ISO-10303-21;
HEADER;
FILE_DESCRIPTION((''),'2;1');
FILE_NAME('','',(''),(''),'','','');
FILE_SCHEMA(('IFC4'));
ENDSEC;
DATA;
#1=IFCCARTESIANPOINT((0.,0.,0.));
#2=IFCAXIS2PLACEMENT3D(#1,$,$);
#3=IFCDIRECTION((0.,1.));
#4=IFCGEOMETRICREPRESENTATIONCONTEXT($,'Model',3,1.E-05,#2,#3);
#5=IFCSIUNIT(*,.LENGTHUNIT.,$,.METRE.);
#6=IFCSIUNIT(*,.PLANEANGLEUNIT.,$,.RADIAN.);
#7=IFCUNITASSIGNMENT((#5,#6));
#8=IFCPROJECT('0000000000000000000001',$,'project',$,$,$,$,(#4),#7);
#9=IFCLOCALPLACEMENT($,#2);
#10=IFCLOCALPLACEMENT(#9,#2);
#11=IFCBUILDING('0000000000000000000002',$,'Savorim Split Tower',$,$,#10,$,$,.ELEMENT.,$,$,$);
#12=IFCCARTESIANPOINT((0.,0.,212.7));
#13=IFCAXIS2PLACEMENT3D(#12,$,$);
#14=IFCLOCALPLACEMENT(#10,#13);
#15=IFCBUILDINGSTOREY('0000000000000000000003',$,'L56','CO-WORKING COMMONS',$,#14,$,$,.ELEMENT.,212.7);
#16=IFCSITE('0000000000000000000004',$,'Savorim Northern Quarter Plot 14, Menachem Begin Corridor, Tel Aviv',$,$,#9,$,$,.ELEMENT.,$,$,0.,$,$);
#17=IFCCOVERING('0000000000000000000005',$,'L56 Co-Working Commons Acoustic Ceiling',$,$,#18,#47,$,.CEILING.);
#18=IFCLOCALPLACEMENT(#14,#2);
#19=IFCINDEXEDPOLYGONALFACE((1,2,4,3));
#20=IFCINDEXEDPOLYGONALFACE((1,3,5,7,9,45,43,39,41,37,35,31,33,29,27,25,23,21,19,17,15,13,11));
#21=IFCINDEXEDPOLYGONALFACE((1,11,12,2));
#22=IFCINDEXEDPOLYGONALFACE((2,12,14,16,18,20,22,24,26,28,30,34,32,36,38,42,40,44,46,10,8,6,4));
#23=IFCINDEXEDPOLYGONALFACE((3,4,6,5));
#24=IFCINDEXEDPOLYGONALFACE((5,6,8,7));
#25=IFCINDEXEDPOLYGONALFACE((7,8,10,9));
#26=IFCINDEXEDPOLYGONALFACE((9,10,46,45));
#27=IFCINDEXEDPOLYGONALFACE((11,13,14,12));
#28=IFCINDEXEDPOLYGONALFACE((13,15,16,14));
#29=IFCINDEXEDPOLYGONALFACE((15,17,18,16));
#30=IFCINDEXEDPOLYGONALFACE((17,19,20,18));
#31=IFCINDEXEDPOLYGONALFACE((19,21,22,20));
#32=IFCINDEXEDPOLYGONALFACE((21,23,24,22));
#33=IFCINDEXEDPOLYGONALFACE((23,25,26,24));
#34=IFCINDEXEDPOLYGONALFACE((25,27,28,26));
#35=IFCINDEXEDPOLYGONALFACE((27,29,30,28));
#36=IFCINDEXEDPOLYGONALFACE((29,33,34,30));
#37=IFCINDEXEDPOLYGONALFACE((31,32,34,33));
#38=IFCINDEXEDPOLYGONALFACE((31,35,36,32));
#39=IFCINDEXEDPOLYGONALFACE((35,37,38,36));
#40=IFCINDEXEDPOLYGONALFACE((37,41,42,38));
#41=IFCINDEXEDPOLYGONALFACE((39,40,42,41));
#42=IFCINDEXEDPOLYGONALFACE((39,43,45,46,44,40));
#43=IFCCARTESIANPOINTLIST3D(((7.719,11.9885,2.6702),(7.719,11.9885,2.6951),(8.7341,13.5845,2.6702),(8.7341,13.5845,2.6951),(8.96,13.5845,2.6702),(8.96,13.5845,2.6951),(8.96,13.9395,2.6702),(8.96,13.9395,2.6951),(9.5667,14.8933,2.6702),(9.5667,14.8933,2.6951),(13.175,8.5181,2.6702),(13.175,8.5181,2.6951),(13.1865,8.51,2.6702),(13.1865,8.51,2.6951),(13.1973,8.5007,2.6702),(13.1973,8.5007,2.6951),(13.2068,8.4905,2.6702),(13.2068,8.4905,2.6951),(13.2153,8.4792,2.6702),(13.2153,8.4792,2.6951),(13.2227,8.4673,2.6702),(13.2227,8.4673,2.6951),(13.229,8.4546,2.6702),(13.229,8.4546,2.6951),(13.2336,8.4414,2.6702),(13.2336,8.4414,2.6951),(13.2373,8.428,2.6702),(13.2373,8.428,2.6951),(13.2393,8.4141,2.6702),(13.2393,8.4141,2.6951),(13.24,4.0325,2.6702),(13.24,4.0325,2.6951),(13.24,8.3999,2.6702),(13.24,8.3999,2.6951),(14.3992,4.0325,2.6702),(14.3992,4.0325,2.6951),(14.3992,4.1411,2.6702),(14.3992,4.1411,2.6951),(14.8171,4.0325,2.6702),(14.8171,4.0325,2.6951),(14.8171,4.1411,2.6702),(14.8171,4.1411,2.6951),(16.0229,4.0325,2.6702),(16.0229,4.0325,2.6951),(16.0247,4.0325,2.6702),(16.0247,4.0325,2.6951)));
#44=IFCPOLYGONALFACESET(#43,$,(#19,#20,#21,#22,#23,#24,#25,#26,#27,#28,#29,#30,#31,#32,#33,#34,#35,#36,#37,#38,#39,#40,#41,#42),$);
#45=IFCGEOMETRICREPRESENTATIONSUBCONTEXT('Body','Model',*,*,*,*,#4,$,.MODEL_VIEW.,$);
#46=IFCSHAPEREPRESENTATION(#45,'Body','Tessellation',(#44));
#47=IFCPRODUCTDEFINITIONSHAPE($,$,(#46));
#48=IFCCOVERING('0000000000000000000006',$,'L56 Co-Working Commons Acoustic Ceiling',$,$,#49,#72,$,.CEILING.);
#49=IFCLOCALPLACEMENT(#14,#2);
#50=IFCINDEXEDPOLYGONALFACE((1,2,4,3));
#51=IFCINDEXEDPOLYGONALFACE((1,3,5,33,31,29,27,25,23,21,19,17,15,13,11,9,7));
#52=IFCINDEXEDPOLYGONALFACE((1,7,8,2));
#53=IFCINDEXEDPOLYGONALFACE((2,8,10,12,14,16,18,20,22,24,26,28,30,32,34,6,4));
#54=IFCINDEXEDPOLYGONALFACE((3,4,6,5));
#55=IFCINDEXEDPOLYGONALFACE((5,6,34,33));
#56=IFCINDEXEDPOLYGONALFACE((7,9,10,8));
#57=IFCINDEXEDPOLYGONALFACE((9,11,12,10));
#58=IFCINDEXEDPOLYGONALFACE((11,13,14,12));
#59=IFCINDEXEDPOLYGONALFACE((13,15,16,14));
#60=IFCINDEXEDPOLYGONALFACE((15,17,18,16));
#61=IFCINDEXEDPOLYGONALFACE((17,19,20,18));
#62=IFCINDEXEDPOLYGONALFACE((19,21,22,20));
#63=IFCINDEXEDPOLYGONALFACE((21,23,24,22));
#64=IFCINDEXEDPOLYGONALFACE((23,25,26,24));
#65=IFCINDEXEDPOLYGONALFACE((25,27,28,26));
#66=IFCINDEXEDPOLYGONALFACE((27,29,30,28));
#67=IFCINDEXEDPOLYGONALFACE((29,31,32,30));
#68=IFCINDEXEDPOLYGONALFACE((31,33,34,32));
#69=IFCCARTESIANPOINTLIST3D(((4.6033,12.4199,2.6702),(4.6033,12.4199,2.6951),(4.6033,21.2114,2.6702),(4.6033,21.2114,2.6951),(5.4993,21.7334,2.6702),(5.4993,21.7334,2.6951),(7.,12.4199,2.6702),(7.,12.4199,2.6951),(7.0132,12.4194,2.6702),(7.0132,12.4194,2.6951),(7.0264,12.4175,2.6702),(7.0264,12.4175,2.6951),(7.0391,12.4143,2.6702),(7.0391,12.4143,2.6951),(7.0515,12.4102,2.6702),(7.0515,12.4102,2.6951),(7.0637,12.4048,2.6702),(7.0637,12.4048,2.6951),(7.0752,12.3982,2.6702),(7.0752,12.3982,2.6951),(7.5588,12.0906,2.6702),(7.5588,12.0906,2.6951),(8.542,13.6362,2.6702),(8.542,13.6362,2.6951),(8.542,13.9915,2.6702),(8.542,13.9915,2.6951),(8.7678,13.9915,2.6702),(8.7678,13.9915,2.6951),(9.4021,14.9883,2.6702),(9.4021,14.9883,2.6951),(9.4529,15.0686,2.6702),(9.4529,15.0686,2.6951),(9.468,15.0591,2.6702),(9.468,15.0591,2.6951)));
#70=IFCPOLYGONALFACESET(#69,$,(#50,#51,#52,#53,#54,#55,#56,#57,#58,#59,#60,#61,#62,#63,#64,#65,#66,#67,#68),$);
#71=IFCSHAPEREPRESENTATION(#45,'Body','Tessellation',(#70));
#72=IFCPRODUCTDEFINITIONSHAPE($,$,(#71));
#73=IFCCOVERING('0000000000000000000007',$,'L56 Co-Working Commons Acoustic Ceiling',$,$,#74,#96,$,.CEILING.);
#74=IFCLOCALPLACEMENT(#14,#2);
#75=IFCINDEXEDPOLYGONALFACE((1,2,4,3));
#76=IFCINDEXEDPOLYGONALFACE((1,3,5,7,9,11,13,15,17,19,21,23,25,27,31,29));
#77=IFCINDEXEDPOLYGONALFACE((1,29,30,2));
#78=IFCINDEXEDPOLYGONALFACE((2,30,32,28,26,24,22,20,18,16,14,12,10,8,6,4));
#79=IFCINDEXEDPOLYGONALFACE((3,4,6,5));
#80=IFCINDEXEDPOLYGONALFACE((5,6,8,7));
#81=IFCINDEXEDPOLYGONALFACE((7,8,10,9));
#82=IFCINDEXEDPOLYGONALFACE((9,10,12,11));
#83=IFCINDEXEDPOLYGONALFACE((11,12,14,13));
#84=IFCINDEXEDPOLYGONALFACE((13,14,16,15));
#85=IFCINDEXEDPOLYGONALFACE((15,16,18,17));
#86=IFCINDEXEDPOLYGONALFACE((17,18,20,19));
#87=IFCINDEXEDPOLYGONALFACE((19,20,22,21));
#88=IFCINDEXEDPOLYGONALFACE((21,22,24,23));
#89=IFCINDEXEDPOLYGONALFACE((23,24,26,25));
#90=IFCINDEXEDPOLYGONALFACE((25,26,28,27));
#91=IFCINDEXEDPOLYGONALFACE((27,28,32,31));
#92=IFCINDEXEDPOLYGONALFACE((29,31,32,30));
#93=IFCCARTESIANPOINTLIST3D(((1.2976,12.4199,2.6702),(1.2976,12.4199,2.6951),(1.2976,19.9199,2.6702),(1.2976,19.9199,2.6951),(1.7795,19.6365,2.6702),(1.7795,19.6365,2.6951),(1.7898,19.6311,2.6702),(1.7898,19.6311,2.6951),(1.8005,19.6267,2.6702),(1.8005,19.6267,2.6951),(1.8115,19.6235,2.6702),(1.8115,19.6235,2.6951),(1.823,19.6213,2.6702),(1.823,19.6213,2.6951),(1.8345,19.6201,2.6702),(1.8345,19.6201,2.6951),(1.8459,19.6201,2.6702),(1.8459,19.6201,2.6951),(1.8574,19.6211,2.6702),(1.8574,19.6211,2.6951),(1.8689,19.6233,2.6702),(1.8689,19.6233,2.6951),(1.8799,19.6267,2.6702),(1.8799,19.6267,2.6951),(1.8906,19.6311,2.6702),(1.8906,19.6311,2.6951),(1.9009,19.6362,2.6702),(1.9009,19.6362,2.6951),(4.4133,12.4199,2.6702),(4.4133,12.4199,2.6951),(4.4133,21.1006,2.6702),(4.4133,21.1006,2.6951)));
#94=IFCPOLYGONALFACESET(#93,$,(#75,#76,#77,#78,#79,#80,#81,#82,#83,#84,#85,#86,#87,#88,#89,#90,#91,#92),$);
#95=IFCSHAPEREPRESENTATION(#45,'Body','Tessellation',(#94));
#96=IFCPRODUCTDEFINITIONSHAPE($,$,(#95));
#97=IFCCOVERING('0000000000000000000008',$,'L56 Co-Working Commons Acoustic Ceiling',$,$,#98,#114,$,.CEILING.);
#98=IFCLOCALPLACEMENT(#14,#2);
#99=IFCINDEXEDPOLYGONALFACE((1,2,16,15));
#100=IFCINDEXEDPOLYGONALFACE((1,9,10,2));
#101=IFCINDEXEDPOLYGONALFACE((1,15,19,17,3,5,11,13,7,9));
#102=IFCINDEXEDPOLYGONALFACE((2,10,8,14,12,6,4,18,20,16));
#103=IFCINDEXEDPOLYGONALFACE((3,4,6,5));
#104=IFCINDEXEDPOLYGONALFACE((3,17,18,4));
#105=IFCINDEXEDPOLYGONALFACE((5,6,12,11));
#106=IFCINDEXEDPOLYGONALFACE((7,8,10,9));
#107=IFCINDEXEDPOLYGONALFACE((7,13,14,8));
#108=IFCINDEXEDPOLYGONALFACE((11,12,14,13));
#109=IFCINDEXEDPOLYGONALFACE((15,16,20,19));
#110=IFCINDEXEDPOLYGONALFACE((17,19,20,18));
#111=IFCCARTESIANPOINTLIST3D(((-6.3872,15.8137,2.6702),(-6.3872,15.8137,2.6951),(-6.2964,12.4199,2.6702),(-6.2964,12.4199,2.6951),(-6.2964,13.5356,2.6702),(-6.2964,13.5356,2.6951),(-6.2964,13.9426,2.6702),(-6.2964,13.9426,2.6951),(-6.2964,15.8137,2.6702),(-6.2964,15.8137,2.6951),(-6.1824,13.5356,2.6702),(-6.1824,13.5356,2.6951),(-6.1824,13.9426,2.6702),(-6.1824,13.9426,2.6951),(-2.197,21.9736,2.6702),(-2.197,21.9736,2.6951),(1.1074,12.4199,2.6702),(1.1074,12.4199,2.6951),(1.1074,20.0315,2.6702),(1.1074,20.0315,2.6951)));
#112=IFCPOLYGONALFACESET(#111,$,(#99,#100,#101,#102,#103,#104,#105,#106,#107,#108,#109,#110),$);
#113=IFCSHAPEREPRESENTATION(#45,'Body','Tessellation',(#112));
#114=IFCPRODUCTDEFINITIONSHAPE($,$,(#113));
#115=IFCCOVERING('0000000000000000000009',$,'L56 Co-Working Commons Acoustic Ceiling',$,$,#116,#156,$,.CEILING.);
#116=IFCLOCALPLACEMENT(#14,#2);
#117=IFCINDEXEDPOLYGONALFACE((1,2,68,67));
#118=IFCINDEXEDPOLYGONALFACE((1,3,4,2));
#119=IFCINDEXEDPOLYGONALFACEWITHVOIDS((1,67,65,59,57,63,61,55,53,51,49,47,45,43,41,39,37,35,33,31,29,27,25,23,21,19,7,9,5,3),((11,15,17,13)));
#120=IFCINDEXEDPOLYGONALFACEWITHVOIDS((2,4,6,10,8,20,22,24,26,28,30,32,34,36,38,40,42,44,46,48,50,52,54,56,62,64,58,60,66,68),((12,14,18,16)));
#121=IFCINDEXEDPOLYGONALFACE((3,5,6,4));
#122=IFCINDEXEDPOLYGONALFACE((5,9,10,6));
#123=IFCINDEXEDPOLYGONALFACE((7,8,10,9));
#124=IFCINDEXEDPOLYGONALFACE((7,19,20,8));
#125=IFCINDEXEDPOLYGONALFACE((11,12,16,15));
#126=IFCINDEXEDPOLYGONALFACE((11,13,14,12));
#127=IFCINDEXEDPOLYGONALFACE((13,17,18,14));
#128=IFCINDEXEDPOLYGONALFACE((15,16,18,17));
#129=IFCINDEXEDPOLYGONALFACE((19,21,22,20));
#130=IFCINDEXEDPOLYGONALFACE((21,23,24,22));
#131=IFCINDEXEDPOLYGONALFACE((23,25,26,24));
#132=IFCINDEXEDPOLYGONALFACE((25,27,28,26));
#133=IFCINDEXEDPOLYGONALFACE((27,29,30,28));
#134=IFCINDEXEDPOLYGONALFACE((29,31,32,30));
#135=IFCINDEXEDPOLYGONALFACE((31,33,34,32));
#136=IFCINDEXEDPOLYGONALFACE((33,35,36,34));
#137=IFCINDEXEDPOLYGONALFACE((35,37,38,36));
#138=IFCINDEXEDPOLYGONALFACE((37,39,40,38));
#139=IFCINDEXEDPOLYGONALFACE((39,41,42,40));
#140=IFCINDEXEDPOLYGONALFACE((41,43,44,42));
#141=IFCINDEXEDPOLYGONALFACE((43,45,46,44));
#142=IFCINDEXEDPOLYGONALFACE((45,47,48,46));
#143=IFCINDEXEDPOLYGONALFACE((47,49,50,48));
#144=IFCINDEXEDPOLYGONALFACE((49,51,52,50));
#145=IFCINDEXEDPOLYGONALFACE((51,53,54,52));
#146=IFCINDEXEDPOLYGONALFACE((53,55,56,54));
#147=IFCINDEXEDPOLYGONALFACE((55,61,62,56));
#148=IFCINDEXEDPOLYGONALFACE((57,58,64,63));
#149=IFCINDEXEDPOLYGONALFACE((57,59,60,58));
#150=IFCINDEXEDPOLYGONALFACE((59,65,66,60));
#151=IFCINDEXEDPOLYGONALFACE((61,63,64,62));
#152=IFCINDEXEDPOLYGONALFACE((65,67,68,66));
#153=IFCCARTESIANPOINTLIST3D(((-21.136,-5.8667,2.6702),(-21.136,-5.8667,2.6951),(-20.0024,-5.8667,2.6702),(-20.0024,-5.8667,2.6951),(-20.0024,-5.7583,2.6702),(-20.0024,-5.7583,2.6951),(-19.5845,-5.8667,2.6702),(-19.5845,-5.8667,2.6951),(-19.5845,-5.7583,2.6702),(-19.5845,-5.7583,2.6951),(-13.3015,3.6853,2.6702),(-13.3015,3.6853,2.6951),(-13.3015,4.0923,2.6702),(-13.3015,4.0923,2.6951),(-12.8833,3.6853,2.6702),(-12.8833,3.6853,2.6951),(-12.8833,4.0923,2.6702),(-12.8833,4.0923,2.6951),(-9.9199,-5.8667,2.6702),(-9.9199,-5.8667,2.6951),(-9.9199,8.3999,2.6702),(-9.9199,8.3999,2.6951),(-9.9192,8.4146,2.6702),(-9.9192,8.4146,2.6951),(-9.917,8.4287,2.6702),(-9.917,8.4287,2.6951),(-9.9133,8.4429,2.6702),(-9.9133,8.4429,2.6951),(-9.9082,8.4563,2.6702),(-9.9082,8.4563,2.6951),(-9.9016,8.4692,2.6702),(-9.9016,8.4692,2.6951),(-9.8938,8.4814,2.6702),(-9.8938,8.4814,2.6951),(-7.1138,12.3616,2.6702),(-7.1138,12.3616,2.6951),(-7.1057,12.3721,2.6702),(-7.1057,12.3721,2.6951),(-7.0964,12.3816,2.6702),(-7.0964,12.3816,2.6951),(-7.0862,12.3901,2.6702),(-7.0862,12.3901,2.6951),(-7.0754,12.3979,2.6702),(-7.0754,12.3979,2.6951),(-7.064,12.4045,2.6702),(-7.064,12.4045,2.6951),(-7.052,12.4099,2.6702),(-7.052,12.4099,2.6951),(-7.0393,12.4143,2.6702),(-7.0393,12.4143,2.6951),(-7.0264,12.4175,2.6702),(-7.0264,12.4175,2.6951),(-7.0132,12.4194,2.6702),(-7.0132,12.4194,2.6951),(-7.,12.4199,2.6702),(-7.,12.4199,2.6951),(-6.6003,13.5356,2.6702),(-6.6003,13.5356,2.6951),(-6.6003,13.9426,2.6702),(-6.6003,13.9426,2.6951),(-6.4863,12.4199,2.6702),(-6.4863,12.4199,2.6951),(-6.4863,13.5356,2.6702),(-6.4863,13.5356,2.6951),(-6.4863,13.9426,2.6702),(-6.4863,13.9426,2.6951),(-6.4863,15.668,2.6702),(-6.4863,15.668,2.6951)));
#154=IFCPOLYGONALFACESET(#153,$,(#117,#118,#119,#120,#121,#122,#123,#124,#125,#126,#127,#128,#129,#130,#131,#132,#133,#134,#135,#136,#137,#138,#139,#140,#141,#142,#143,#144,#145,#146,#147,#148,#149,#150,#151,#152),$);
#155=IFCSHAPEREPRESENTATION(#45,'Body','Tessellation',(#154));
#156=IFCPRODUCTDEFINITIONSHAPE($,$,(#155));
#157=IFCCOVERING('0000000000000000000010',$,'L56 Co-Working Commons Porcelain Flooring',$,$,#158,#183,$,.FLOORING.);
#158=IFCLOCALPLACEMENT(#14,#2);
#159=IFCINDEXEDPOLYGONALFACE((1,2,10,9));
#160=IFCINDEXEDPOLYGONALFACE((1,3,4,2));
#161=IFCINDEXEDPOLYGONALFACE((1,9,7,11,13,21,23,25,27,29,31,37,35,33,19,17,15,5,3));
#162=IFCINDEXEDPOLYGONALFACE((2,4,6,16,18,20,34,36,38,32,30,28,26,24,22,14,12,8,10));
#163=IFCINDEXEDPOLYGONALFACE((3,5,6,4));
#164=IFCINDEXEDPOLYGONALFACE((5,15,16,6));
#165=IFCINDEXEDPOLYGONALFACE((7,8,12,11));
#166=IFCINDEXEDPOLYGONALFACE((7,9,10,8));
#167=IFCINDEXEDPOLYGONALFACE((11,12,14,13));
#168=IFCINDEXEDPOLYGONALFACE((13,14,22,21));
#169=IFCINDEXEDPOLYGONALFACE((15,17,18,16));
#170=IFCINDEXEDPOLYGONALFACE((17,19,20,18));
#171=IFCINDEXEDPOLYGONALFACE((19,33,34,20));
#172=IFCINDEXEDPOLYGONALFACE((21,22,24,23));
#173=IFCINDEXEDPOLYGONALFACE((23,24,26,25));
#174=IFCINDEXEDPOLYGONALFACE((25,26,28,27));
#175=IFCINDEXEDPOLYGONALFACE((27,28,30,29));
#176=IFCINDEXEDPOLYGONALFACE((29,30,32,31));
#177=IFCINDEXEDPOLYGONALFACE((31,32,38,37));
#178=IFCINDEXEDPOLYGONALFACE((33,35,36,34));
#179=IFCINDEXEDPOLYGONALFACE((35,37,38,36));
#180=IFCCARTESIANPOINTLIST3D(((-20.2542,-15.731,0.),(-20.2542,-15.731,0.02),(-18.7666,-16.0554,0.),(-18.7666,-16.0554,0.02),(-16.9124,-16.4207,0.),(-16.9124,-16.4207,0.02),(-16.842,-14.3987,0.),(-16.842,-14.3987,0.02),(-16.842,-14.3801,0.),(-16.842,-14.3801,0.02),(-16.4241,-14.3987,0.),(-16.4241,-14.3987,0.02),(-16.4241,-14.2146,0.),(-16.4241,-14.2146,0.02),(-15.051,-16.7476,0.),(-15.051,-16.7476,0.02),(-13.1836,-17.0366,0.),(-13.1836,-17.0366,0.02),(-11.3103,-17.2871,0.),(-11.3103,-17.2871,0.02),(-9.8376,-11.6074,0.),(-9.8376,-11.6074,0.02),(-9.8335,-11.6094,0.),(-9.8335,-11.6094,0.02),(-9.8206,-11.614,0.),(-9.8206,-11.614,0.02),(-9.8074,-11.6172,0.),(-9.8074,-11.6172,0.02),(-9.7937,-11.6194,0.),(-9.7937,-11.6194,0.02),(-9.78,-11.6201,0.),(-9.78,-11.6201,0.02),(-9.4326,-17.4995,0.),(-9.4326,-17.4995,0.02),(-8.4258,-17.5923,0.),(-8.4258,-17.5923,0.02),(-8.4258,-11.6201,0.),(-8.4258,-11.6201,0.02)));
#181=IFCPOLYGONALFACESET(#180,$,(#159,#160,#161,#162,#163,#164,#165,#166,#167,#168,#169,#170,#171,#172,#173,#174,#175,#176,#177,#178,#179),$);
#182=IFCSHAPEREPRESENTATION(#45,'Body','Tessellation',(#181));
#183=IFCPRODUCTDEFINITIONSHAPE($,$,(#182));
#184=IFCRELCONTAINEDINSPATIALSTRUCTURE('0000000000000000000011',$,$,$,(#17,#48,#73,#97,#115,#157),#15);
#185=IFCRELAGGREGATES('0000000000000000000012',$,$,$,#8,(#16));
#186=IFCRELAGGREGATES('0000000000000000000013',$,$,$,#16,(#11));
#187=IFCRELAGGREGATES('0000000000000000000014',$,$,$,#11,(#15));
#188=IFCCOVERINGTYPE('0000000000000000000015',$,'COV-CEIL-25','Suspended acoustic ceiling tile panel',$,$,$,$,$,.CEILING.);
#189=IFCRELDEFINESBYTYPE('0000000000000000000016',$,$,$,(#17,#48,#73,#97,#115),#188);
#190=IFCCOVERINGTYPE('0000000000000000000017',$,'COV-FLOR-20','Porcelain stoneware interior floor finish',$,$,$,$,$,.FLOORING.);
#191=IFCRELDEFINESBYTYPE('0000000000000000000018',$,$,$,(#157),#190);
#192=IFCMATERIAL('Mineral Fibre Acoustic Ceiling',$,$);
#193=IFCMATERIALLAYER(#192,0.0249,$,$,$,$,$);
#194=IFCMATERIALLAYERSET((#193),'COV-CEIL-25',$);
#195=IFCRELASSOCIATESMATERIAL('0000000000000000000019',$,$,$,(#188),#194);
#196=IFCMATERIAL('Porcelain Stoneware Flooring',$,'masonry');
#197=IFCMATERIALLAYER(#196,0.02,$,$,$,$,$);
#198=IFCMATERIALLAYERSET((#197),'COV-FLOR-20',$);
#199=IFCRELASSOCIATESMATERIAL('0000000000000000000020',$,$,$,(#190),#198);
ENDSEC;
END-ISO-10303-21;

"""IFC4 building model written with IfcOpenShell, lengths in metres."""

from ifc_helpers import new_model, si_unit, direction, frame, origin, place, context, subcontext, project, spatial, polyline, outline, extrude, material, layer, layer_set, type_object, element, save


model = new_model("IFC4")

# Units and contexts
model_context = context("Model", 3, precision=1e-05, world=origin(), true_north=direction((0.0, 1.0)))
body_context = subcontext(model_context, "Body", "Model", "MODEL_VIEW")
ifc_project = project(units=[si_unit("LENGTHUNIT", "METRE"), si_unit("PLANEANGLEUNIT", "RADIAN")], contexts=[model_context])

# Site, building, storey
site_placement = place(None, origin())
site = spatial("IfcSite", under=ifc_project, at=site_placement, Name="Savorim Northern Quarter Plot 14, Menachem Begin Corridor, Tel Aviv", CompositionType="ELEMENT", RefElevation=0.0)
building_placement = place(site_placement, origin())
building = spatial("IfcBuilding", under=site, at=building_placement, Name="Savorim Split Tower", CompositionType="ELEMENT")
storey_placement = place(building_placement, frame((0.0, 0.0, 212.7)))
storey = spatial("IfcBuildingStorey", under=building, at=storey_placement, Name="L56", Description="CO-WORKING COMMONS", CompositionType="ELEMENT", Elevation=212.7)

# Coverings
ifc_material_1 = material(Name="Mineral Fibre Acoustic Ceiling")
ifc_layer_1 = layer(ifc_material_1, 0.0249)
ifc_layer_set_1 = layer_set([ifc_layer_1], Name="COV-CEIL-25")
covering_type_1 = type_object("IfcCoveringType", Name="COV-CEIL-25", Description="Suspended acoustic ceiling tile panel", PredefinedType="CEILING", material=ifc_layer_set_1)
covering_1_placement = place(storey_placement, frame((0.0, 0.0, 2.6702)))
element("IfcCovering", 1, at=covering_1_placement, inside=storey, type_object=covering_type_1, Name="L56 Co-Working Commons Acoustic Ceiling", PredefinedType="CEILING", context=body_context, shape_type="SweptSolid", body=[
    extrude(outline(polyline([(14.8171, 4.1411), (14.8171, 4.0325), (16.0229, 4.0325), (16.0247, 4.0325), (9.5667, 14.8933), (8.96, 13.9395), (8.96, 13.5845), (8.7341, 13.5845), (7.719, 11.9885), (13.175, 8.5181), (13.1865, 8.51), (13.1973, 8.5007), (13.2068, 8.4905), (13.2153, 8.4792), (13.2227, 8.4673), (13.229, 8.4546), (13.2336, 8.4414), (13.2373, 8.428), (13.2393, 8.4141), (13.24, 8.3999), (13.24, 4.0325), (14.3992, 4.0325), (14.3992, 4.1411), (14.8171, 4.1411)])), origin(), (0.0, 0.0, 1.0), 0.0249),
])
covering_2_placement = place(storey_placement, frame((0.0, 0.0, 2.6702)))
element("IfcCovering", 2, at=covering_2_placement, inside=storey, type_object=covering_type_1, Name="L56 Co-Working Commons Acoustic Ceiling", PredefinedType="CEILING", context=body_context, shape_type="SweptSolid", body=[
    extrude(outline(polyline([(9.4529, 15.0686), (9.468, 15.0591), (5.4993, 21.7334), (4.6033, 21.2114), (4.6033, 12.4199), (7.0, 12.4199), (7.0132, 12.4194), (7.0264, 12.4175), (7.0391, 12.4143), (7.0515, 12.4102), (7.0637, 12.4048), (7.0752, 12.3982), (7.5588, 12.0906), (8.542, 13.6362), (8.542, 13.9915), (8.7678, 13.9915), (9.4021, 14.9883), (9.4529, 15.0686)])), origin(), (0.0, 0.0, 1.0), 0.0249),
])
covering_3_placement = place(storey_placement, frame((0.0, 0.0, 2.6702)))
element("IfcCovering", 3, at=covering_3_placement, inside=storey, type_object=covering_type_1, Name="L56 Co-Working Commons Acoustic Ceiling", PredefinedType="CEILING", context=body_context, shape_type="SweptSolid", body=[
    extrude(outline(polyline([(1.8005, 19.6267), (1.7898, 19.6311), (1.7795, 19.6365), (1.2976, 19.9199), (1.2976, 12.4199), (4.4133, 12.4199), (4.4133, 21.1006), (1.9009, 19.6362), (1.8906, 19.6311), (1.8799, 19.6267), (1.8689, 19.6233), (1.8574, 19.6211), (1.8459, 19.6201), (1.8345, 19.6201), (1.823, 19.6213), (1.8115, 19.6235), (1.8005, 19.6267)])), origin(), (0.0, 0.0, 1.0), 0.0249),
])
covering_4_placement = place(storey_placement, frame((0.0, 0.0, 2.6702)))
element("IfcCovering", 4, at=covering_4_placement, inside=storey, type_object=covering_type_1, Name="L56 Co-Working Commons Acoustic Ceiling", PredefinedType="CEILING", context=body_context, shape_type="SweptSolid", body=[
    extrude(outline(polyline([(-6.2964, 12.4199), (1.1074, 12.4199), (1.1074, 20.0315), (-2.197, 21.9736), (-6.3872, 15.8137), (-6.2964, 15.8137), (-6.2964, 13.9426), (-6.1824, 13.9426), (-6.1824, 13.5356), (-6.2964, 13.5356), (-6.2964, 12.4199)])), origin(), (0.0, 0.0, 1.0), 0.0249),
])
covering_5_placement = place(storey_placement, frame((0.0, 0.0, 2.6702)))
element("IfcCovering", 5, at=covering_5_placement, inside=storey, type_object=covering_type_1, Name="L56 Co-Working Commons Acoustic Ceiling", PredefinedType="CEILING", context=body_context, shape_type="SweptSolid", body=[
    extrude(outline(polyline([(-7.0132, 12.4194), (-7.0, 12.4199), (-6.4863, 12.4199), (-6.4863, 13.5356), (-6.6003, 13.5356), (-6.6003, 13.9426), (-6.4863, 13.9426), (-6.4863, 15.668), (-21.136, -5.8667), (-20.0024, -5.8667), (-20.0024, -5.7583), (-19.5845, -5.7583), (-19.5845, -5.8667), (-9.9199, -5.8667), (-9.9199, 8.3999), (-9.9192, 8.4146), (-9.917, 8.4287), (-9.9133, 8.4429), (-9.9082, 8.4563), (-9.9016, 8.4692), (-9.8938, 8.4814), (-7.1138, 12.3616), (-7.1057, 12.3721), (-7.0964, 12.3816), (-7.0862, 12.3901), (-7.0754, 12.3979), (-7.064, 12.4045), (-7.052, 12.4099), (-7.0393, 12.4143), (-7.0264, 12.4175), (-7.0132, 12.4194)]), holes=[polyline([(-13.3015, 4.0923), (-13.3015, 3.6853), (-12.8833, 3.6853), (-12.8833, 4.0923), (-13.3015, 4.0923)])]), origin(), (0.0, 0.0, 1.0), 0.0249),
])
ifc_material_2 = material(Name="Porcelain Stoneware Flooring", Category="masonry")
ifc_layer_2 = layer(ifc_material_2, 0.02)
ifc_layer_set_2 = layer_set([ifc_layer_2], Name="COV-FLOR-20")
covering_type_2 = type_object("IfcCoveringType", Name="COV-FLOR-20", Description="Porcelain stoneware interior floor finish", PredefinedType="FLOORING", material=ifc_layer_set_2)
covering_6_placement = place(storey_placement, origin())
element("IfcCovering", 6, at=covering_6_placement, inside=storey, type_object=covering_type_2, Name="L56 Co-Working Commons Porcelain Flooring", PredefinedType="FLOORING", context=body_context, shape_type="SweptSolid", body=[
    extrude(outline(polyline([(-13.1836, -17.0366), (-11.3103, -17.2871), (-9.4326, -17.4995), (-8.4258, -17.5923), (-8.4258, -11.6201), (-9.78, -11.6201), (-9.7937, -11.6194), (-9.8074, -11.6172), (-9.8206, -11.614), (-9.8335, -11.6094), (-9.8376, -11.6074), (-16.4241, -14.2146), (-16.4241, -14.3987), (-16.842, -14.3987), (-16.842, -14.3801), (-20.2542, -15.731), (-18.7666, -16.0554), (-16.9124, -16.4207), (-15.051, -16.7476), (-13.1836, -17.0366)])), origin(), (0.0, 0.0, 1.0), 0.02),
])

save(model, "model.ifc")
